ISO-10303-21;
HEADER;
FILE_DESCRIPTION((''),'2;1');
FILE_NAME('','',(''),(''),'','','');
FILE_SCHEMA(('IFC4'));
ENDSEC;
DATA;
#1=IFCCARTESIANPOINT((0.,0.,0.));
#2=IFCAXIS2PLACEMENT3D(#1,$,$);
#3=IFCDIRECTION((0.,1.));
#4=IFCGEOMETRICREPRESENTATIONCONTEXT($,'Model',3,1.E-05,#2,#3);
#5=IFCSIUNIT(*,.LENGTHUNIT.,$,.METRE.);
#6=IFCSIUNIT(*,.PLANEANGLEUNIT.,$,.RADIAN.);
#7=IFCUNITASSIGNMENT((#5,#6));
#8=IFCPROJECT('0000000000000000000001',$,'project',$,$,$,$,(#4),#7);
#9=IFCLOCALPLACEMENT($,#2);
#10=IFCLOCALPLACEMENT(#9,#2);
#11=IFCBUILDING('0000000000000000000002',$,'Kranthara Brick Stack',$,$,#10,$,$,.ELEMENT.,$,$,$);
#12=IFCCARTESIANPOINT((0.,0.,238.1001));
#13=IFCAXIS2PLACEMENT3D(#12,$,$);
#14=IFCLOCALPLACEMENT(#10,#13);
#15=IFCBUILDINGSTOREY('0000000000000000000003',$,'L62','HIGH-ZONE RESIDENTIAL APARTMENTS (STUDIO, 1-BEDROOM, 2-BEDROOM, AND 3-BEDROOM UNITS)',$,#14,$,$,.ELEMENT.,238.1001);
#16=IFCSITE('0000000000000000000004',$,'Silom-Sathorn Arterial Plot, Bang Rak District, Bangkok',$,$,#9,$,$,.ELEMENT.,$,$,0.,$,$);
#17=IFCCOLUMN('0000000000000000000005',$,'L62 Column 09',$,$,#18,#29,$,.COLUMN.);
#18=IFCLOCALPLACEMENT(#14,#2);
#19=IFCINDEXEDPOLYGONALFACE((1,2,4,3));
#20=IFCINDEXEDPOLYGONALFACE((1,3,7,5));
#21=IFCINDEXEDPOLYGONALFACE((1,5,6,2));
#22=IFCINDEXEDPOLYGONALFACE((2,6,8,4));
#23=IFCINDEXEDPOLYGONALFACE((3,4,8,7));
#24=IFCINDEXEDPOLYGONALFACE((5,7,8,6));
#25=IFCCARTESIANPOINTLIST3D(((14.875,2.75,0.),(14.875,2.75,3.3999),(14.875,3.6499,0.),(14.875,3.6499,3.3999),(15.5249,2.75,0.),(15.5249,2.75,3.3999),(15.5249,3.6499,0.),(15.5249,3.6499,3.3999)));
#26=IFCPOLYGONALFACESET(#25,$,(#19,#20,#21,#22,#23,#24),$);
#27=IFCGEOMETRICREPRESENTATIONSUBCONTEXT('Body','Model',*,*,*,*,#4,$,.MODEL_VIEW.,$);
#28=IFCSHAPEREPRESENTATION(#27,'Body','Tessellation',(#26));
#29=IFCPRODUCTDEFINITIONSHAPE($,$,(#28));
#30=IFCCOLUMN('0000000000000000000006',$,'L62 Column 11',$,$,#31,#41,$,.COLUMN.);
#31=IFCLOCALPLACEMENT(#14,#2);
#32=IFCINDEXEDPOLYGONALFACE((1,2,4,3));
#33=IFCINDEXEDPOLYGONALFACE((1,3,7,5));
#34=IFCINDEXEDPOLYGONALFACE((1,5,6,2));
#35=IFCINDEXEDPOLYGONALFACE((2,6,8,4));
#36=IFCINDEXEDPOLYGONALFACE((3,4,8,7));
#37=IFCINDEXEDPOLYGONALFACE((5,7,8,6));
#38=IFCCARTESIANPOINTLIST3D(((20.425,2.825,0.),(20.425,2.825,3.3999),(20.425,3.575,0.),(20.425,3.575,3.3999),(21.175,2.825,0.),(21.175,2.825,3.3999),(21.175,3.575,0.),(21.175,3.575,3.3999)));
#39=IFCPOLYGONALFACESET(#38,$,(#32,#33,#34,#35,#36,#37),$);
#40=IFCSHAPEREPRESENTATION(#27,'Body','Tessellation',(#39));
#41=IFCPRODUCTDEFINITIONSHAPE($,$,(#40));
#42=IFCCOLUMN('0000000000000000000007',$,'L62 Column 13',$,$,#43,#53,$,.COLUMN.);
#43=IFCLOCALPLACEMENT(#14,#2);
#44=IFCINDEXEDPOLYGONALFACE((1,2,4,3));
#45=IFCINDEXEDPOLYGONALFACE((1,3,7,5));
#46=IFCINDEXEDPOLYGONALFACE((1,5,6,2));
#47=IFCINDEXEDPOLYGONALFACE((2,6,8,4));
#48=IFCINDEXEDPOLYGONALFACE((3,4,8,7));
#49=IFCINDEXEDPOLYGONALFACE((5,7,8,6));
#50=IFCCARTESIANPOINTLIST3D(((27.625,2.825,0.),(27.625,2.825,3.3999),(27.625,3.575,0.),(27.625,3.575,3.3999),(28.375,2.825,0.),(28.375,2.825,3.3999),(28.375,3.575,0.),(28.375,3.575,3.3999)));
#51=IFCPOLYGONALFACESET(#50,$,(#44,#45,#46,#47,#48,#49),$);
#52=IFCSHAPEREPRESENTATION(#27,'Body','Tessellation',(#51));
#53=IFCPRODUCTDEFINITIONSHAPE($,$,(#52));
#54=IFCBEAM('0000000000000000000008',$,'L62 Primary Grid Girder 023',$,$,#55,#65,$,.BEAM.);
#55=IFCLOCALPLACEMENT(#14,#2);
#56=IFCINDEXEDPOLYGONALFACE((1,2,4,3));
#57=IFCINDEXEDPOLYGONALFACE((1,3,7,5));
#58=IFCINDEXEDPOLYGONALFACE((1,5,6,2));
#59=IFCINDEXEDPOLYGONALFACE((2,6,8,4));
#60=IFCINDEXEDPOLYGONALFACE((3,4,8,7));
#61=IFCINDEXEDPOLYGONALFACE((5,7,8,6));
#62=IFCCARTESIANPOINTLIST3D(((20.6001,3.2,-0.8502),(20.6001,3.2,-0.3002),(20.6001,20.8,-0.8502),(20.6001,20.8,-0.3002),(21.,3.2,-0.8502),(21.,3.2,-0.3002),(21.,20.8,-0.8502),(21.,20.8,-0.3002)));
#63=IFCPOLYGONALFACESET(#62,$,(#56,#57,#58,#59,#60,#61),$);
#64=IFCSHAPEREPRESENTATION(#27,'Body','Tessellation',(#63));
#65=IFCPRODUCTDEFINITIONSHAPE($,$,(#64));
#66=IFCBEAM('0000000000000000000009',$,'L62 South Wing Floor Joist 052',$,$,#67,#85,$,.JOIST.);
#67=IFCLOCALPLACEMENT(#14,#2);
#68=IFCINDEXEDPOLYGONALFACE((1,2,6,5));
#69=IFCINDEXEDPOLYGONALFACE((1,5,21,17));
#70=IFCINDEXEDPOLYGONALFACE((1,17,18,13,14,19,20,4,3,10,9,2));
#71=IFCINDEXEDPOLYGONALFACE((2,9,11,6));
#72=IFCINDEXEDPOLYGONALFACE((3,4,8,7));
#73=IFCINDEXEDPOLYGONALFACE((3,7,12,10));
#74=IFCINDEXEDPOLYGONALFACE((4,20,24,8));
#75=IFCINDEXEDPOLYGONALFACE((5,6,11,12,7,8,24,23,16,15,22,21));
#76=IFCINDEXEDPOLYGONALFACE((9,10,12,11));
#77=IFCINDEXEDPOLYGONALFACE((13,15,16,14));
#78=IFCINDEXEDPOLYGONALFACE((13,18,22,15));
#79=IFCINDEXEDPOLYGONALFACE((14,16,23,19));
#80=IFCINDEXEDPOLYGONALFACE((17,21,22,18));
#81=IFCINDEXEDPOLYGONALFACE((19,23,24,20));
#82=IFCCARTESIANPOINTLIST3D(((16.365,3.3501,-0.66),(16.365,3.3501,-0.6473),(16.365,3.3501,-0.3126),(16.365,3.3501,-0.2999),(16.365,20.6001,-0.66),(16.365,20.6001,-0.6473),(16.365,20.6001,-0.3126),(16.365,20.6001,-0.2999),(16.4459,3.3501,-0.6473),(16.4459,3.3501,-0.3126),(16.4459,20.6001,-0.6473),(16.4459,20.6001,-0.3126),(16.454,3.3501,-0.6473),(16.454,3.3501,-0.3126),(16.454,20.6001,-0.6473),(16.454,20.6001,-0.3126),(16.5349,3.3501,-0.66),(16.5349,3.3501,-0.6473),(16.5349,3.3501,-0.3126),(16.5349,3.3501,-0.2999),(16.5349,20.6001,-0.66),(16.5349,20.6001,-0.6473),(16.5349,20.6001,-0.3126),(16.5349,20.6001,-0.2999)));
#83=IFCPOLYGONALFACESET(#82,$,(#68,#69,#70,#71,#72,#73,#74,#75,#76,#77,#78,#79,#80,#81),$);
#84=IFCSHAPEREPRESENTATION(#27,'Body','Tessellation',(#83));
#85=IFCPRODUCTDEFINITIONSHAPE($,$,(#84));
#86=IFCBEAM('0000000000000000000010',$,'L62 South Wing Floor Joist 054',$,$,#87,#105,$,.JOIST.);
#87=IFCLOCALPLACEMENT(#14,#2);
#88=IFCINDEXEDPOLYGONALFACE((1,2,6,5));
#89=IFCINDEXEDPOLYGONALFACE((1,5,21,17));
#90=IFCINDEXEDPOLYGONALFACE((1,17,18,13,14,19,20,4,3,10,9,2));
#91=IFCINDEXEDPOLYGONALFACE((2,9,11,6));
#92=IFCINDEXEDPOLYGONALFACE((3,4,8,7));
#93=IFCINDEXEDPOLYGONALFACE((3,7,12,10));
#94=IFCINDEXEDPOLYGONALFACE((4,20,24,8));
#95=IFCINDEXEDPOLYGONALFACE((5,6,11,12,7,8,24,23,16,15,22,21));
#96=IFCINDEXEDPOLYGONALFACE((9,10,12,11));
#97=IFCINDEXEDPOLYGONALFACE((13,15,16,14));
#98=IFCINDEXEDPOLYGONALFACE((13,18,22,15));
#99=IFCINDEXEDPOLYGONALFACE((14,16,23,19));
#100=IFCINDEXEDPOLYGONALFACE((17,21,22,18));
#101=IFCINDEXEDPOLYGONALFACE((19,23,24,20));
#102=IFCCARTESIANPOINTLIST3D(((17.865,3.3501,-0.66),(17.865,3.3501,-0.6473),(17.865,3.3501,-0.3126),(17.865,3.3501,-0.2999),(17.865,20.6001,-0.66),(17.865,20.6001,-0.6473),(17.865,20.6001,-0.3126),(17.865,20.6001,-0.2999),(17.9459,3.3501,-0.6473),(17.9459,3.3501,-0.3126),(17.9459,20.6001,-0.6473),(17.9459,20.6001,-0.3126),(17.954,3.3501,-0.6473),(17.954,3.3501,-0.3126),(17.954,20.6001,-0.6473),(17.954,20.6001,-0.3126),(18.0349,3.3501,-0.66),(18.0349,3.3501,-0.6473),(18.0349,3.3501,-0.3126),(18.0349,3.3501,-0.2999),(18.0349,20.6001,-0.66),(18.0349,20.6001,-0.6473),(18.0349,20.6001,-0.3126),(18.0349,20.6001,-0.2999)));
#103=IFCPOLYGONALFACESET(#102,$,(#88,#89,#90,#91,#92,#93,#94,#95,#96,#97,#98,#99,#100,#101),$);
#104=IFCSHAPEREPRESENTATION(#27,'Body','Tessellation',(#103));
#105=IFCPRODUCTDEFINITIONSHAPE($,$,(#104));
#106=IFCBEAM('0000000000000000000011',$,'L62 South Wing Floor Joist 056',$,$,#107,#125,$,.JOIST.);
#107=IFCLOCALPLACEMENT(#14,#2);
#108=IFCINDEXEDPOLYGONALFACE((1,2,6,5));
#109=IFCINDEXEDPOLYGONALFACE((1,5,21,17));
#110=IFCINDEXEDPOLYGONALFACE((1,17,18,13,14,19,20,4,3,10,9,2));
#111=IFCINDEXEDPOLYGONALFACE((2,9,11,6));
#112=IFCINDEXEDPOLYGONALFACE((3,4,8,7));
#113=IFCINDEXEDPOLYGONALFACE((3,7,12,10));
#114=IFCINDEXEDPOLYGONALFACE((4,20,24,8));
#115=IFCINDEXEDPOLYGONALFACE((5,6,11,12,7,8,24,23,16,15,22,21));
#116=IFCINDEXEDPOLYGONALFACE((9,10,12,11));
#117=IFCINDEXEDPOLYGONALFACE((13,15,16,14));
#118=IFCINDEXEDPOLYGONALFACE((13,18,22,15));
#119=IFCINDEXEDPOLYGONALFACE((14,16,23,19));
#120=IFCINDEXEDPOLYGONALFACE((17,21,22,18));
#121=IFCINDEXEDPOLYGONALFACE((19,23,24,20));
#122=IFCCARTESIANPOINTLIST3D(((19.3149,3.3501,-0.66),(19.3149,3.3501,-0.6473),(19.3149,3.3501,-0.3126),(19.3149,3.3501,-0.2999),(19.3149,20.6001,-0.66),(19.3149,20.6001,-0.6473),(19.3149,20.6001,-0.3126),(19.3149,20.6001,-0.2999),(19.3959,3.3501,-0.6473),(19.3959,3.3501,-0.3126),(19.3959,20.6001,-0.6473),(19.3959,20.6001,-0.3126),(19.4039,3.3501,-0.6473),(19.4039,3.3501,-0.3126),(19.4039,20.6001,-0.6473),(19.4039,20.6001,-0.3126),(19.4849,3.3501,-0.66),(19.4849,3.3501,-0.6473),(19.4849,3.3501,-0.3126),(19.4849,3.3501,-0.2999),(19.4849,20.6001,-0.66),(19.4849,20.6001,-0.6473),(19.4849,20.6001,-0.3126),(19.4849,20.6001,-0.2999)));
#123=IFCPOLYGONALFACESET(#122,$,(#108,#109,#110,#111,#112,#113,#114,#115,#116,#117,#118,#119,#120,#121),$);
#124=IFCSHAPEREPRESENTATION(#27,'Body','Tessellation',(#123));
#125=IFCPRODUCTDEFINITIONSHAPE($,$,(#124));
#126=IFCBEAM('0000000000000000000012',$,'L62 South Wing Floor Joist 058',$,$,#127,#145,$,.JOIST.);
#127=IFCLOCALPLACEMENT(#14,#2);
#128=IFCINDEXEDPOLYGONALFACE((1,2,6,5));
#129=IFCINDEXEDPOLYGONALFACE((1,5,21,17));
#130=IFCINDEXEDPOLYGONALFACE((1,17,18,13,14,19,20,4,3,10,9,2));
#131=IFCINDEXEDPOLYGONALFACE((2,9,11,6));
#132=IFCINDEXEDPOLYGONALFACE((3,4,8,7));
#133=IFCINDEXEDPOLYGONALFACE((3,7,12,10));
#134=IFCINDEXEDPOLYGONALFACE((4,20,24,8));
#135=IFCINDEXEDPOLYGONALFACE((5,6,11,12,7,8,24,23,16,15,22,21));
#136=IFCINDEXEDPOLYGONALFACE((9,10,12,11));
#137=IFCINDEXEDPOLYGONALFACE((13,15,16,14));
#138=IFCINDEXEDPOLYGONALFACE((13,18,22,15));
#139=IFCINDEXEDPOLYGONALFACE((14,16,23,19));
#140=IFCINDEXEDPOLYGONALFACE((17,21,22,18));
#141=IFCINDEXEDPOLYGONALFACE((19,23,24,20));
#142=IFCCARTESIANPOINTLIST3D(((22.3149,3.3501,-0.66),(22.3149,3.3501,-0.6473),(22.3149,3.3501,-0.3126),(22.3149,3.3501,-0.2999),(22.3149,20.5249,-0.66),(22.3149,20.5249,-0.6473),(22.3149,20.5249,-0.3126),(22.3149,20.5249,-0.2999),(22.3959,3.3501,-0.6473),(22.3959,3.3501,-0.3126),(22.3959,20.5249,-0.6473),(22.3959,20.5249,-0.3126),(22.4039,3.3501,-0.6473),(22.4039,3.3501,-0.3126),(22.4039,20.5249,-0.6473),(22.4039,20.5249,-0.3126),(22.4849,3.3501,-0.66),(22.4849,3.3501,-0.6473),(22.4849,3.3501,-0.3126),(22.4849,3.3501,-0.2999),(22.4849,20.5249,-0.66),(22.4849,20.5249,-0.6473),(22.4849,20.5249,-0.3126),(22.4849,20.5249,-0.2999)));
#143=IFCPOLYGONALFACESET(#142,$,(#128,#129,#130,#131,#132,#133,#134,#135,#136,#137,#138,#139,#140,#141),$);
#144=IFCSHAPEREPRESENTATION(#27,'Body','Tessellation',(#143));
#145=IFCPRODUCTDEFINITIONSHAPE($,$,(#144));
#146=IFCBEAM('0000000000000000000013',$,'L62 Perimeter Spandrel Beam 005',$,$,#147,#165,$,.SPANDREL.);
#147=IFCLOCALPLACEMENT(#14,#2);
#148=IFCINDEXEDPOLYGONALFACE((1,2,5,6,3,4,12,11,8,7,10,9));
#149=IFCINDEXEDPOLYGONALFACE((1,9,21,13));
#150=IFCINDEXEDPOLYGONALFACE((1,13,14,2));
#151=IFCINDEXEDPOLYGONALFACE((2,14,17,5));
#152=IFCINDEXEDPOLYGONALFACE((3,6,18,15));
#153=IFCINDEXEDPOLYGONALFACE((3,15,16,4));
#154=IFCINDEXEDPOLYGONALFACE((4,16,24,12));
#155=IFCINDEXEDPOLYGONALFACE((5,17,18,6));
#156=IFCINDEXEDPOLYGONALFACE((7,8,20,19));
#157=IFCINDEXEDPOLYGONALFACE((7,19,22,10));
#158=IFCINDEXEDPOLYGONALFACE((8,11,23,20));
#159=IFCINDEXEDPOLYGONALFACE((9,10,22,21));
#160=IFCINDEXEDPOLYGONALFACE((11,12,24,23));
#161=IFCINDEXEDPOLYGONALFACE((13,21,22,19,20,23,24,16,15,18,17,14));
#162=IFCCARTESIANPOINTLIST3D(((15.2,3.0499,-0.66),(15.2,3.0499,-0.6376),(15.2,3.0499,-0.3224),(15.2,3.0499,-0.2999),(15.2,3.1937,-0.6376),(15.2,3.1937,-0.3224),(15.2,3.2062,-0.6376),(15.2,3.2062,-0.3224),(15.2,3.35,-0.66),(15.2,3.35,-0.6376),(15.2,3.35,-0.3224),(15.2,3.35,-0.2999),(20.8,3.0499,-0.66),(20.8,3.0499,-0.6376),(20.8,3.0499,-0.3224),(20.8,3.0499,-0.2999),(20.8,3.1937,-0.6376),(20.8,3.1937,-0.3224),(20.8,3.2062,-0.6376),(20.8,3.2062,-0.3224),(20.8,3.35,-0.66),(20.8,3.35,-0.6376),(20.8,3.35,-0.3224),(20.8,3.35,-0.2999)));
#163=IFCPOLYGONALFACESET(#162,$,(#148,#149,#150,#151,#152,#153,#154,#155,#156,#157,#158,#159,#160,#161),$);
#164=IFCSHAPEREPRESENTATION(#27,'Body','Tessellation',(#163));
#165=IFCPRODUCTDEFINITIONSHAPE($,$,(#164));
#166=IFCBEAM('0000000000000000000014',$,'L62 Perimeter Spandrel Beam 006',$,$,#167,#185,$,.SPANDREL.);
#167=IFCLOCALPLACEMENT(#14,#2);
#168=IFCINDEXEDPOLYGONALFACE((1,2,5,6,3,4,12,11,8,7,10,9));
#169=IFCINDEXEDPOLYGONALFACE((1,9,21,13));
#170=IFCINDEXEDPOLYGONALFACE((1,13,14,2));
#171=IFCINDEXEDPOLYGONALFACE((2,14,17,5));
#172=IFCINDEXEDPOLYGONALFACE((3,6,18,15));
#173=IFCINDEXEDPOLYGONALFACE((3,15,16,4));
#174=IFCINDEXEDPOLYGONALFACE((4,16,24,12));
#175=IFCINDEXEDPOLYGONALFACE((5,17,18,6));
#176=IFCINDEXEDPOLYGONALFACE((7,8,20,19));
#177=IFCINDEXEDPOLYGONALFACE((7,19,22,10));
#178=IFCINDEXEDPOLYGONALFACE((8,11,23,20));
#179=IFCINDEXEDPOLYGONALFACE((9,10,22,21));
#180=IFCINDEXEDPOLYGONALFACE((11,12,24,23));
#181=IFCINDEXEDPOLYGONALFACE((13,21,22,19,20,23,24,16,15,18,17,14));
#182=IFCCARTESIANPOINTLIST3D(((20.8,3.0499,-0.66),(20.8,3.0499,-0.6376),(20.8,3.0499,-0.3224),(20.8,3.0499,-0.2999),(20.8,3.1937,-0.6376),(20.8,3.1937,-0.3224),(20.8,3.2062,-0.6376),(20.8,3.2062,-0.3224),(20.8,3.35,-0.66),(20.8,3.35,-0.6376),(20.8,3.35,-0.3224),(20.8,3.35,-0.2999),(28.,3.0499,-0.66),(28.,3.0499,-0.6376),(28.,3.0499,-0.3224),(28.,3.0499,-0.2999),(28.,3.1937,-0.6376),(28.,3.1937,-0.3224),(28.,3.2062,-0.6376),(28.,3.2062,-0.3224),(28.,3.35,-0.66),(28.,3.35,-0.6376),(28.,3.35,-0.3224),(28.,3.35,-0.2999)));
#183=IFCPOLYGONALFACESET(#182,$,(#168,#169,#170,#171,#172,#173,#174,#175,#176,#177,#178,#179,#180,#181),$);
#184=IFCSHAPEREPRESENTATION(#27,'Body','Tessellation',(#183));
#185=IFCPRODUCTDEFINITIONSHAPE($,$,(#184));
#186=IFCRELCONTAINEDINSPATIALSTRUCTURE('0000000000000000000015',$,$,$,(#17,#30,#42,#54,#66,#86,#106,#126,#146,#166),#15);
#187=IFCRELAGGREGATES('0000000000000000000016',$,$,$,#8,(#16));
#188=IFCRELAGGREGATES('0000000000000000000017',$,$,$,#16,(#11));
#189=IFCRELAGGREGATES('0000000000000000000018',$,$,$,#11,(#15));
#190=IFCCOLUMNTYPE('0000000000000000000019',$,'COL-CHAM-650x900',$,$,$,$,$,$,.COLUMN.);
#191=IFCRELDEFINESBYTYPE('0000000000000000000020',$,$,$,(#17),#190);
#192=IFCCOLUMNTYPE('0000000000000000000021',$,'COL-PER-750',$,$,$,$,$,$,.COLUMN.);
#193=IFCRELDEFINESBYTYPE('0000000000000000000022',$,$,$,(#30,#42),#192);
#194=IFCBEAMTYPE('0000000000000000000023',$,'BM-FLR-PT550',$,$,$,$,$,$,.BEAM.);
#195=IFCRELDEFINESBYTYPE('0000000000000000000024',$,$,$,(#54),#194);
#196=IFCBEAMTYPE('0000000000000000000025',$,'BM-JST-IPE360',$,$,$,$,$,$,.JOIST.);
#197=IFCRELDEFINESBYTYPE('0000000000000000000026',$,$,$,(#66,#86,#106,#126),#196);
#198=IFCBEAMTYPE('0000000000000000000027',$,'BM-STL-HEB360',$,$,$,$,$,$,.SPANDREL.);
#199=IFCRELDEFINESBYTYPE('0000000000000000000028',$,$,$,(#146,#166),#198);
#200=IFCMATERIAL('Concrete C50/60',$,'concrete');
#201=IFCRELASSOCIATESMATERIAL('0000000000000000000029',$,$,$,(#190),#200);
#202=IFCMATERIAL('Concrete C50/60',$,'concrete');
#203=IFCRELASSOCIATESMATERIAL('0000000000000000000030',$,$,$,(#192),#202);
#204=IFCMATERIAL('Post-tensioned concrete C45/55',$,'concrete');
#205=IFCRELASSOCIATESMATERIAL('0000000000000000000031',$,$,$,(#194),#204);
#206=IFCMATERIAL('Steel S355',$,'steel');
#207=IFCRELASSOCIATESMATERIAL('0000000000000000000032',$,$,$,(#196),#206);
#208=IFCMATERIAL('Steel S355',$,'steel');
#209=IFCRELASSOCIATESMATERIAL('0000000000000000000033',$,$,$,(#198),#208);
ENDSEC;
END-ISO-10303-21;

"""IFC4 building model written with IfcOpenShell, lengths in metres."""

from ifc_helpers import new_model, si_unit, direction, frame, origin, origin_2d, place, context, subcontext, project, spatial, rectangle, i_section, extrude, material, material_profile, profile_set, type_object, element, save


model = new_model("IFC4")

# Units and contexts
model_context = context("Model", 3, precision=1e-05, world=origin(), true_north=direction((0.0, 1.0)))
body_context = subcontext(model_context, "Body", "Model", "MODEL_VIEW")
ifc_project = project(units=[si_unit("LENGTHUNIT", "METRE"), si_unit("PLANEANGLEUNIT", "RADIAN")], contexts=[model_context])

# Site, building, storey
site_placement = place(None, origin())
site = spatial("IfcSite", under=ifc_project, at=site_placement, Name="Silom-Sathorn Arterial Plot, Bang Rak District, Bangkok", CompositionType="ELEMENT", RefElevation=0.0)
building_placement = place(site_placement, origin())
building = spatial("IfcBuilding", under=site, at=building_placement, Name="Kranthara Brick Stack", CompositionType="ELEMENT")
storey_placement = place(building_placement, frame((0.0, 0.0, 238.1001)))
storey = spatial("IfcBuildingStorey", under=building, at=storey_placement, Name="L62", Description="HIGH-ZONE RESIDENTIAL APARTMENTS (STUDIO, 1-BEDROOM, 2-BEDROOM, AND 3-BEDROOM UNITS)", CompositionType="ELEMENT", Elevation=238.1001)

# Columns
ifc_material_1 = material(Name="Concrete C50/60", Category="concrete")
ifc_material_profile_1 = material_profile(ifc_material_1, rectangle(XDim=0.6499, YDim=0.8999, at=origin_2d()), Name="RC 650x900")
ifc_profile_set_1 = profile_set([ifc_material_profile_1], Name="Concrete C50/60")
column_type_1 = type_object("IfcColumnType", Name="COL-CHAM-650x900", PredefinedType="COLUMN", material=ifc_profile_set_1)
column_placement = place(storey_placement, frame((15.2, 3.2, 0.0), z_axis=(0.0, 0.0, 1.0), x_axis=(1.0, 0.0, 0.0)))
element("IfcColumn", 1, at=column_placement, inside=storey, type_object=column_type_1, Name="L62 Column 09", PredefinedType="COLUMN", context=body_context, shape_type="SweptSolid", body=[
    extrude(rectangle(XDim=0.6499, YDim=0.8999, at=origin_2d()), origin(), (0.0, 0.0, 1.0), 3.3999),
])
ifc_material_2 = material(Name="Concrete C50/60", Category="concrete")
ifc_material_profile_2 = material_profile(ifc_material_2, rectangle(XDim=0.75, YDim=0.75, at=origin_2d()), Name="RC 750x750")
ifc_profile_set_2 = profile_set([ifc_material_profile_2], Name="Concrete C50/60")
column_type_2 = type_object("IfcColumnType", Name="COL-PER-750", PredefinedType="COLUMN", material=ifc_profile_set_2)
for number, where, z_axis, x_axis, name in (
    (2, (20.8, 3.2, 0.0), (0.0, 0.0, 1.0), (1.0, 0.0, 0.0), "L62 Column 11"),
    (3, (28.0, 3.2, 0.0), (0.0, 0.0, 1.0), (1.0, 0.0, 0.0), "L62 Column 13"),
):
    element("IfcColumn", number, at=place(storey_placement, frame(where, z_axis=z_axis, x_axis=x_axis)), inside=storey, type_object=column_type_2, Name=name, PredefinedType="COLUMN", context=body_context, shape_type="SweptSolid", body=[
        extrude(rectangle(XDim=0.75, YDim=0.75, at=origin_2d()), origin(), (0.0, 0.0, 1.0), 3.3999),
    ])

# Beams
ifc_material_3 = material(Name="Post-tensioned concrete C45/55", Category="concrete")
ifc_material_profile_3 = material_profile(ifc_material_3, rectangle(XDim=0.3999, YDim=0.55, at=origin_2d()), Name="PT 400x550")
ifc_profile_set_3 = profile_set([ifc_material_profile_3], Name="Post-tensioned concrete C45/55")
beam_type_1 = type_object("IfcBeamType", Name="BM-FLR-PT550", PredefinedType="BEAM", material=ifc_profile_set_3)
beam_1_placement = place(storey_placement, frame((20.8, 3.2, -0.5752), z_axis=(0.0, 1.0, 0.0), x_axis=(-1.0, 0.0, 0.0)))
element("IfcBeam", 4, at=beam_1_placement, inside=storey, type_object=beam_type_1, Name="L62 Primary Grid Girder 023", PredefinedType="BEAM", context=body_context, shape_type="SweptSolid", body=[
    extrude(rectangle(XDim=0.3999, YDim=0.55, at=origin_2d()), origin(), (0.0, 0.0, 1.0), 17.6001),
])
ifc_material_4 = material(Name="Steel S355", Category="steel")
ifc_material_profile_4 = material_profile(ifc_material_4, i_section(OverallWidth=0.1699, OverallDepth=0.3601, WebThickness=0.0081, FlangeThickness=0.0127, at=origin_2d()), Name="IPE 360")
ifc_profile_set_4 = profile_set([ifc_material_profile_4], Name="Steel S355")
beam_type_2 = type_object("IfcBeamType", Name="BM-JST-IPE360", PredefinedType="JOIST", material=ifc_profile_set_4)
for number, where, z_axis, x_axis, name in (
    (5, (16.45, 3.3501, -0.48), (0.0, 1.0, 0.0), (-1.0, 0.0, 0.0), "L62 South Wing Floor Joist 052"),
    (6, (17.95, 3.3501, -0.48), (0.0, 1.0, 0.0), (-1.0, 0.0, 0.0), "L62 South Wing Floor Joist 054"),
    (7, (19.3999, 3.3501, -0.48), (0.0, 1.0, 0.0), (-1.0, 0.0, 0.0), "L62 South Wing Floor Joist 056"),
):
    element("IfcBeam", number, at=place(storey_placement, frame(where, z_axis=z_axis, x_axis=x_axis)), inside=storey, type_object=beam_type_2, Name=name, PredefinedType="JOIST", context=body_context, shape_type="SweptSolid", body=[
        extrude(i_section(OverallWidth=0.1699, OverallDepth=0.3601, WebThickness=0.0081, FlangeThickness=0.0127, at=origin_2d()), origin(), (0.0, 0.0, 1.0), 17.25),
    ])
beam_2_placement = place(storey_placement, frame((22.3999, 3.3501, -0.48), z_axis=(0.0, 1.0, 0.0), x_axis=(-1.0, 0.0, 0.0)))
element("IfcBeam", 8, at=beam_2_placement, inside=storey, type_object=beam_type_2, Name="L62 South Wing Floor Joist 058", PredefinedType="JOIST", context=body_context, shape_type="SweptSolid", body=[
    extrude(i_section(OverallWidth=0.1699, OverallDepth=0.3601, WebThickness=0.0081, FlangeThickness=0.0127, at=origin_2d()), origin(), (0.0, 0.0, 1.0), 17.1748),
])
ifc_material_5 = material(Name="Steel S355", Category="steel")
ifc_material_profile_5 = material_profile(ifc_material_5, i_section(OverallWidth=0.3, OverallDepth=0.3601, WebThickness=0.0125, FlangeThickness=0.0225, at=origin_2d()), Name="HEB 360")
ifc_profile_set_5 = profile_set([ifc_material_profile_5], Name="Steel S355")
beam_type_3 = type_object("IfcBeamType", Name="BM-STL-HEB360", PredefinedType="SPANDREL", material=ifc_profile_set_5)
beam_3_placement = place(storey_placement, frame((15.2, 3.2, -0.48), z_axis=(1.0, 0.0, 0.0), x_axis=(0.0, 1.0, 0.0)))
element("IfcBeam", 9, at=beam_3_placement, inside=storey, type_object=beam_type_3, Name="L62 Perimeter Spandrel Beam 005", PredefinedType="SPANDREL", context=body_context, shape_type="SweptSolid", body=[
    extrude(i_section(OverallWidth=0.3, OverallDepth=0.3601, WebThickness=0.0125, FlangeThickness=0.0225, at=origin_2d()), origin(), (0.0, 0.0, 1.0), 5.6001),
])
beam_4_placement = place(storey_placement, frame((20.8, 3.2, -0.48), z_axis=(1.0, 0.0, 0.0), x_axis=(0.0, 1.0, 0.0)))
element("IfcBeam", 10, at=beam_4_placement, inside=storey, type_object=beam_type_3, Name="L62 Perimeter Spandrel Beam 006", PredefinedType="SPANDREL", context=body_context, shape_type="SweptSolid", body=[
    extrude(i_section(OverallWidth=0.3, OverallDepth=0.3601, WebThickness=0.0125, FlangeThickness=0.0225, at=origin_2d()), origin(), (0.0, 0.0, 1.0), 7.2),
])

save(model, "model.ifc")
